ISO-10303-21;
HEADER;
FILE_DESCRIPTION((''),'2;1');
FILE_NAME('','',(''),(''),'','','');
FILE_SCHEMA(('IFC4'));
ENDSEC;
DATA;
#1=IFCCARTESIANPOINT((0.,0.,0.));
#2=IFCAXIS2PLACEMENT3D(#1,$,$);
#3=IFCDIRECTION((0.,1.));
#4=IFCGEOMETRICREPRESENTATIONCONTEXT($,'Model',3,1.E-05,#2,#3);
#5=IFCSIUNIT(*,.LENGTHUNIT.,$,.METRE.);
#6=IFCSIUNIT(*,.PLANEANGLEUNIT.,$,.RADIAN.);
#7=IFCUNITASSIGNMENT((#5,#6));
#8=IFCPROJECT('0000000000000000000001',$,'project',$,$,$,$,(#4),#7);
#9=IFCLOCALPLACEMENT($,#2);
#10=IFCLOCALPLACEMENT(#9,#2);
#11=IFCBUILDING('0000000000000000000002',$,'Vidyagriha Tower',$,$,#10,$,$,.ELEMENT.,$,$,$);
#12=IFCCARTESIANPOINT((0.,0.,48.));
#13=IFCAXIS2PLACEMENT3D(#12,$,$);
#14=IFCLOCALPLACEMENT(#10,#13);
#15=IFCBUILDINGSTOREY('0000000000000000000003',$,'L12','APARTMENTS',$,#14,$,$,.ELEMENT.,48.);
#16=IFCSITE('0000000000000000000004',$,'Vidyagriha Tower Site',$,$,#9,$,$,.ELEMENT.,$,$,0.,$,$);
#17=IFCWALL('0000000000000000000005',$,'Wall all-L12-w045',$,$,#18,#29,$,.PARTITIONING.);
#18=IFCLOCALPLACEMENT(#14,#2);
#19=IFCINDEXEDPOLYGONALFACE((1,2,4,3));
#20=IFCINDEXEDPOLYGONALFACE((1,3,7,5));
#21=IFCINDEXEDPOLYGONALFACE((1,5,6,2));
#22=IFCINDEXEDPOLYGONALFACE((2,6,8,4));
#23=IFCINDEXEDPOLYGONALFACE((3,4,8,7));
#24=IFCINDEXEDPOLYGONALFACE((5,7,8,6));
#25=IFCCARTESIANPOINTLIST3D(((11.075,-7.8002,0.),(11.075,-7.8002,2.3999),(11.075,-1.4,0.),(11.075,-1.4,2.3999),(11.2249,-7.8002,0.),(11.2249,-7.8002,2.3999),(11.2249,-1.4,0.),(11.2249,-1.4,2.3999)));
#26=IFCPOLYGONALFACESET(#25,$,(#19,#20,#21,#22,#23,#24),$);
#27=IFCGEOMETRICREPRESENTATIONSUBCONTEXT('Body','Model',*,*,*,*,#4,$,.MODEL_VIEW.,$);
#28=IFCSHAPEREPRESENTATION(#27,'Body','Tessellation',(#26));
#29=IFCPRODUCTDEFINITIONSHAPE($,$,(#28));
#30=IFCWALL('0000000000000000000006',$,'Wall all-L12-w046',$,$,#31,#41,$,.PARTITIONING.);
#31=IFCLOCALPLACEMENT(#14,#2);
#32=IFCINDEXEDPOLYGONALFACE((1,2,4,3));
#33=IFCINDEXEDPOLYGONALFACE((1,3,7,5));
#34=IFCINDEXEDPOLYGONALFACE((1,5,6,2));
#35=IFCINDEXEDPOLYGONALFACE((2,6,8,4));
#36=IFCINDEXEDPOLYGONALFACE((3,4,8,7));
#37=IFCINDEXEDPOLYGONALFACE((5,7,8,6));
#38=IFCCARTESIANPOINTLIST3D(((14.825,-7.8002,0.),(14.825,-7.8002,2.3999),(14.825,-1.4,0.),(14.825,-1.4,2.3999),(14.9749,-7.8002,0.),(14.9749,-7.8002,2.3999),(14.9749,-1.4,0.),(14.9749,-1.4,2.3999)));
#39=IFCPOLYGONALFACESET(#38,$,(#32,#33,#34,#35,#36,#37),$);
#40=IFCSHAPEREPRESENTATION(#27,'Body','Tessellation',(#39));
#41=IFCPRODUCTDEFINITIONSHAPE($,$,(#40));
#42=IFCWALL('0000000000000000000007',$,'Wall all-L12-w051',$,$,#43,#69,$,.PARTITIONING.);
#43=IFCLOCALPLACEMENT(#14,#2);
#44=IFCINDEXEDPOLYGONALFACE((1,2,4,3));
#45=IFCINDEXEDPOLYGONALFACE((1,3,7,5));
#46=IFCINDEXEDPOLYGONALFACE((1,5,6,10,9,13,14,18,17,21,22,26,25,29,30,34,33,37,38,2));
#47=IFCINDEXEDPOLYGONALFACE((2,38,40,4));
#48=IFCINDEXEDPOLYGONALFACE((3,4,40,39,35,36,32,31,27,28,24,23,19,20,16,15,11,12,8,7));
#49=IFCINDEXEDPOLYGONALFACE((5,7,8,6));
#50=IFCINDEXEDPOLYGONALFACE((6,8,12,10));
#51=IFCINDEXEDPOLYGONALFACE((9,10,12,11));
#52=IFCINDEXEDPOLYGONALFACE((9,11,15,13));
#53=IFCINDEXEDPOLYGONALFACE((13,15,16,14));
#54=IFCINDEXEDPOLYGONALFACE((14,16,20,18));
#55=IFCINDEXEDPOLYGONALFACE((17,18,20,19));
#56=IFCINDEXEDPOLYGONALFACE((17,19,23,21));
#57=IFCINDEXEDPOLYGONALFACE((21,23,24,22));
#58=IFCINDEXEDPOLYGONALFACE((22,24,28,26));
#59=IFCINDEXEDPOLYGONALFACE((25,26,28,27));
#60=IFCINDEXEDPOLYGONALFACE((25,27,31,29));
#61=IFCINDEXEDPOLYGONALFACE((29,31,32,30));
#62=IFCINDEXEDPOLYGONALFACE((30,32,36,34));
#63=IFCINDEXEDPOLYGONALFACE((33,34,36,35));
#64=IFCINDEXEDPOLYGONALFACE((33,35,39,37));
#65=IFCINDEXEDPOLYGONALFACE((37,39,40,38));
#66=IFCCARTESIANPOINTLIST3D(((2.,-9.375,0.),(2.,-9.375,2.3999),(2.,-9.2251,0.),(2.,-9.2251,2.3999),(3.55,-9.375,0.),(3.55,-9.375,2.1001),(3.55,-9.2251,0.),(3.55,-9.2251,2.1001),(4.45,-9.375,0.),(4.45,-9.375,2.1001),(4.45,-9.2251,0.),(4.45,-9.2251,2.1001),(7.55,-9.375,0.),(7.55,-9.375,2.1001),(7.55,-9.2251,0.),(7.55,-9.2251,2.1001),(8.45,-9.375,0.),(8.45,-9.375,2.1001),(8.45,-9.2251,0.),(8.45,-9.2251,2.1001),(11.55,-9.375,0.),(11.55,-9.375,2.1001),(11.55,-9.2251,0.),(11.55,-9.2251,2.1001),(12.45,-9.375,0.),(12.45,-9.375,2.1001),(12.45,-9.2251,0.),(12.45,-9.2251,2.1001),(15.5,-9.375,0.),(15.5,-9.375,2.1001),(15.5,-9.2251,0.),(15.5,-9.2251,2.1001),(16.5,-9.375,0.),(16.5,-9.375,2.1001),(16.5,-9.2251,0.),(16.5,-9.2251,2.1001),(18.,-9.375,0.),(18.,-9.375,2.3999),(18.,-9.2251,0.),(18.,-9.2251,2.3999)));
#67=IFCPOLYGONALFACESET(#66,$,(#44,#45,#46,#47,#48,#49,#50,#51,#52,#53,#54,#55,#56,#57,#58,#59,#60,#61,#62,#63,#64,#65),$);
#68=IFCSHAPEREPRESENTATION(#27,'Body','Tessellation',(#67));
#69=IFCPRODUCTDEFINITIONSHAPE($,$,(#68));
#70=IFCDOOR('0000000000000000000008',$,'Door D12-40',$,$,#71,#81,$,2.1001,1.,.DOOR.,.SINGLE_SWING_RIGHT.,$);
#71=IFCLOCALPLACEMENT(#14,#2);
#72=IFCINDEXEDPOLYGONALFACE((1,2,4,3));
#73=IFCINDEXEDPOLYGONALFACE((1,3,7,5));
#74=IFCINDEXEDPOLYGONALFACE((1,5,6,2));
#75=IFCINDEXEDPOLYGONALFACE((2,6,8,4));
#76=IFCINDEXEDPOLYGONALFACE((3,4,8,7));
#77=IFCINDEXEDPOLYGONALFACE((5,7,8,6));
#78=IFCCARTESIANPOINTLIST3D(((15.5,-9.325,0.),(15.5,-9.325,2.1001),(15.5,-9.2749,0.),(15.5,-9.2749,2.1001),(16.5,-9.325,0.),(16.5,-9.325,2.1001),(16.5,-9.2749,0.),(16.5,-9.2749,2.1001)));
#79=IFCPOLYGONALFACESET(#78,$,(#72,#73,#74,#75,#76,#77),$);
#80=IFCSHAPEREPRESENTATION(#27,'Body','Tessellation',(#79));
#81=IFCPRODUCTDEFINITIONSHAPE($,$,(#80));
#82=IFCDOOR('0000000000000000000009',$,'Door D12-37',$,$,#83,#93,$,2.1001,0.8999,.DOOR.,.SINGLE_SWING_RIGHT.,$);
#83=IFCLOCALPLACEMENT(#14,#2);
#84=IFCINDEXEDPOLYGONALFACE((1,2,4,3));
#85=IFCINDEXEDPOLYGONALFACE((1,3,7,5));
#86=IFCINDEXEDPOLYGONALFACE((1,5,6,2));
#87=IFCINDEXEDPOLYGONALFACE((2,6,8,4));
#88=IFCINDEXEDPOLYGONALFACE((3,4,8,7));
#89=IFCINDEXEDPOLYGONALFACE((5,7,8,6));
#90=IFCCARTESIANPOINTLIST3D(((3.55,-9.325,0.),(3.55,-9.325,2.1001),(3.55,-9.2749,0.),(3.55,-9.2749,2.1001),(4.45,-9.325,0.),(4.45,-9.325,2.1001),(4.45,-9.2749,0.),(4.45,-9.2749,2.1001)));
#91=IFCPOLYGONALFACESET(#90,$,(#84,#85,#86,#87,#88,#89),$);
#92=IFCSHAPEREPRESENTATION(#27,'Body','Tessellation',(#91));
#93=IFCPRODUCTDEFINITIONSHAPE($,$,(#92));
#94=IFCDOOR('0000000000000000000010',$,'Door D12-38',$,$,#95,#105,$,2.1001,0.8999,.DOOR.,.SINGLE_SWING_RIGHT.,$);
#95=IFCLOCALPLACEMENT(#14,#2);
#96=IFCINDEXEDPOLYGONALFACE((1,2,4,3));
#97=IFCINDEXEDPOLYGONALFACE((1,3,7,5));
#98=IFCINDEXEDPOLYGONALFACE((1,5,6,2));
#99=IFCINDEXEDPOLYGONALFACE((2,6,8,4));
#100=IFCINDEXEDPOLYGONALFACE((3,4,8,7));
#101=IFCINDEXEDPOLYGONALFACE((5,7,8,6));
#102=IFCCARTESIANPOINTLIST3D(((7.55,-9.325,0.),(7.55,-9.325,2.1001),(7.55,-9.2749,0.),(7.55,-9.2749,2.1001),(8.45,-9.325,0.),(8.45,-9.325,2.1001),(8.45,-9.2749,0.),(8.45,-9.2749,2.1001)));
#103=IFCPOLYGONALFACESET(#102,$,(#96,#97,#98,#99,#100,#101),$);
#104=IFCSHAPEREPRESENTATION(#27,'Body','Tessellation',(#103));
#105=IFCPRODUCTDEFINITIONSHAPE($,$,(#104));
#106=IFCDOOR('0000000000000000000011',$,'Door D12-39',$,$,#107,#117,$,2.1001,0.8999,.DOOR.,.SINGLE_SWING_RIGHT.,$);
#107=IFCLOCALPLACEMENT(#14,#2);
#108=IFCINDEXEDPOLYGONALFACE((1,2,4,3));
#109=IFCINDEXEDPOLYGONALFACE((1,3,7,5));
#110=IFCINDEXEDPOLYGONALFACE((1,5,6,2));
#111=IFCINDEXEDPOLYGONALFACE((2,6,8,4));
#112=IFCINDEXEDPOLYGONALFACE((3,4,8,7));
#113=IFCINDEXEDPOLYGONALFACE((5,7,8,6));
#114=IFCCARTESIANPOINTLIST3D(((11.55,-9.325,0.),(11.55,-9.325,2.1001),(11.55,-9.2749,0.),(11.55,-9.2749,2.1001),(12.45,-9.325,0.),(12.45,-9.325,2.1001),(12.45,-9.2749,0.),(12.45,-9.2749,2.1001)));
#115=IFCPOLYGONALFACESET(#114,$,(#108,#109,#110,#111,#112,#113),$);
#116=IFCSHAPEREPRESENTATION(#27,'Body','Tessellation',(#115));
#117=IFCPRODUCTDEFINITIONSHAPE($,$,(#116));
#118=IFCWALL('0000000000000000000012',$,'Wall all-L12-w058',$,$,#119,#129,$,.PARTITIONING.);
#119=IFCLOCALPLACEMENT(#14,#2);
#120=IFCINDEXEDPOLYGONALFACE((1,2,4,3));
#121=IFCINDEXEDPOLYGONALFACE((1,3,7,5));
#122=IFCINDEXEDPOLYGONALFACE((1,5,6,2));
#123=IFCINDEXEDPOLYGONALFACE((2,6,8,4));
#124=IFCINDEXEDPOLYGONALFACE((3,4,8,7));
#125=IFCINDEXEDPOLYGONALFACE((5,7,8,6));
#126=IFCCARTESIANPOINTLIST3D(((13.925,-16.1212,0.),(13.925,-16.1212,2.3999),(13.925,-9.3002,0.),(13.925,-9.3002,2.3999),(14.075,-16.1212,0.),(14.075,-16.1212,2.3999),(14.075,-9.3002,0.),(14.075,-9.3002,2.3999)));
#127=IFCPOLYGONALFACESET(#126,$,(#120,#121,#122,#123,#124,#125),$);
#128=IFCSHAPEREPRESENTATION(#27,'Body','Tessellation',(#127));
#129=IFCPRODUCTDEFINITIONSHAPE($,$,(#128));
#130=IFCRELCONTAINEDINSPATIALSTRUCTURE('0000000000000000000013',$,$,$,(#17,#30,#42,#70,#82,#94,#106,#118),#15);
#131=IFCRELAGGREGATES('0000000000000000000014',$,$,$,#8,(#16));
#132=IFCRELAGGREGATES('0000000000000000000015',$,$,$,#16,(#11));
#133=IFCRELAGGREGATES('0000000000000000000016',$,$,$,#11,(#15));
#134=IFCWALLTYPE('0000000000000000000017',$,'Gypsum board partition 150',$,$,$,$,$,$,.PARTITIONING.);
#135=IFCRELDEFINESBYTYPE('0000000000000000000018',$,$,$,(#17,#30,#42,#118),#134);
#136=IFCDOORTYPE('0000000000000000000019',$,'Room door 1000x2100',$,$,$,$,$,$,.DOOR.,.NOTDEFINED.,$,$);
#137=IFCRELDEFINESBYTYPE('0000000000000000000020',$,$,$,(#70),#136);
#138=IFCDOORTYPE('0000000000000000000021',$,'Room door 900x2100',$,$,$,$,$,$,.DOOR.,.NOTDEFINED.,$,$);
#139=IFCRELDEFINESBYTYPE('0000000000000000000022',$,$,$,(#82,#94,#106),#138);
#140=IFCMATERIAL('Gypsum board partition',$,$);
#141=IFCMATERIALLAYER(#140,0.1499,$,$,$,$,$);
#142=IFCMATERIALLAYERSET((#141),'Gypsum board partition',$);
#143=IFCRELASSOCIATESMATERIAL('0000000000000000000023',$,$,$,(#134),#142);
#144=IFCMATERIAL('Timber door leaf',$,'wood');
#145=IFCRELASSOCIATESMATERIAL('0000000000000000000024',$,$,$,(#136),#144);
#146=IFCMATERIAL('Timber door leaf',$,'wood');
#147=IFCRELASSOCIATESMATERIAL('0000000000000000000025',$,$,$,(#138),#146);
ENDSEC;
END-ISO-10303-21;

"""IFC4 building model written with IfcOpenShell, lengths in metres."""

from ifc_helpers import new_model, si_unit, direction, frame, frame_2d, origin, place, context, subcontext, project, spatial, rectangle, extrude, material, layer, layer_set, type_object, element, fill, save


model = new_model("IFC4")

# Units and contexts
model_context = context("Model", 3, precision=1e-05, world=origin(), true_north=direction((0.0, 1.0)))
body_context = subcontext(model_context, "Body", "Model", "MODEL_VIEW")
ifc_project = project(units=[si_unit("LENGTHUNIT", "METRE"), si_unit("PLANEANGLEUNIT", "RADIAN")], contexts=[model_context])

# Site, building, storey
site_placement = place(None, origin())
site = spatial("IfcSite", under=ifc_project, at=site_placement, Name="Vidyagriha Tower Site", CompositionType="ELEMENT", RefElevation=0.0)
building_placement = place(site_placement, origin())
building = spatial("IfcBuilding", under=site, at=building_placement, Name="Vidyagriha Tower", CompositionType="ELEMENT")
storey_placement = place(building_placement, frame((0.0, 0.0, 48.0)))
storey = spatial("IfcBuildingStorey", under=building, at=storey_placement, Name="L12", Description="APARTMENTS", CompositionType="ELEMENT", Elevation=48.0)

# Walls
ifc_material_1 = material(Name="Gypsum board partition")
ifc_layer_1 = layer(ifc_material_1, 0.1499)
ifc_layer_set_1 = layer_set([ifc_layer_1], Name="Gypsum board partition")
wall_type_1 = type_object("IfcWallType", Name="Gypsum board partition 150", PredefinedType="PARTITIONING", material=ifc_layer_set_1)
for number, where, z_axis, x_axis, name in (
    (1, (11.1499, -1.3999, 0.0), (0.0, 0.0, 1.0), (0.0, -1.0, 0.0), "Wall all-L12-w045"),
    (2, (14.8999, -1.3999, 0.0), (0.0, 0.0, 1.0), (0.0, -1.0, 0.0), "Wall all-L12-w046"),
):
    element("IfcWall", number, at=place(storey_placement, frame(where, z_axis=z_axis, x_axis=x_axis)), inside=storey, type_object=wall_type_1, Name=name, PredefinedType="PARTITIONING", context=body_context, shape_type="SweptSolid", body=[
        extrude(rectangle(XDim=6.4001, YDim=0.1499, at=frame_2d((3.2002, 0.0))), origin(), (0.0, 0.0, 1.0), 2.3999),
    ])

# Wall, openings, doors
wall_1_placement = place(storey_placement, frame((18.0, -9.3, 0.0), z_axis=(0.0, 0.0, 1.0), x_axis=(-1.0, 0.0, 0.0)))
wall_1 = element("IfcWall", 3, at=wall_1_placement, inside=storey, type_object=wall_type_1, Name="Wall all-L12-w051", PredefinedType="PARTITIONING", context=body_context, shape_type="SweptSolid", body=[
    extrude(rectangle(XDim=16.0, YDim=0.1499, at=frame_2d((8.0, 0.0))), origin(), (0.0, 0.0, 1.0), 2.3999),
])
opening_1_placement = place(wall_1_placement, frame((13.55, 0.0, 0.0)))
opening_1 = element("IfcOpeningElement", 4, at=opening_1_placement, cuts=wall_1, PredefinedType="OPENING", context=body_context, shape_type="SweptSolid", body=[
    extrude(rectangle(XDim=0.8999, YDim=2.1001, at=frame_2d((0.45, 1.05))), frame((0.0, 0.085, 0.0), z_axis=(0.0, -1.0, 0.0), x_axis=(1.0, 0.0, 0.0)), (0.0, 0.0, 1.0), 0.1699),
])
opening_2_placement = place(wall_1_placement, frame((9.55, 0.0, 0.0)))
opening_2 = element("IfcOpeningElement", 5, at=opening_2_placement, cuts=wall_1, PredefinedType="OPENING", context=body_context, shape_type="SweptSolid", body=[
    extrude(rectangle(XDim=0.8999, YDim=2.1001, at=frame_2d((0.45, 1.05))), frame((0.0, 0.085, 0.0), z_axis=(0.0, -1.0, 0.0), x_axis=(1.0, 0.0, 0.0)), (0.0, 0.0, 1.0), 0.1699),
])
opening_3_placement = place(wall_1_placement, frame((5.55, 0.0, 0.0)))
opening_3 = element("IfcOpeningElement", 6, at=opening_3_placement, cuts=wall_1, PredefinedType="OPENING", context=body_context, shape_type="SweptSolid", body=[
    extrude(rectangle(XDim=0.8999, YDim=2.1001, at=frame_2d((0.45, 1.05))), frame((0.0, 0.085, 0.0), z_axis=(0.0, -1.0, 0.0), x_axis=(1.0, 0.0, 0.0)), (0.0, 0.0, 1.0), 0.1699),
])
opening_4_placement = place(wall_1_placement, frame((1.5, 0.0, 0.0)))
opening_4 = element("IfcOpeningElement", 7, at=opening_4_placement, cuts=wall_1, PredefinedType="OPENING", context=body_context, shape_type="SweptSolid", body=[
    extrude(rectangle(XDim=1.0, YDim=2.1001, at=frame_2d((0.5, 1.05))), frame((0.0, 0.085, 0.0), z_axis=(0.0, -1.0, 0.0), x_axis=(1.0, 0.0, 0.0)), (0.0, 0.0, 1.0), 0.1699),
])
ifc_material_2 = material(Name="Timber door leaf", Category="wood")
door_type_1 = type_object("IfcDoorType", Name="Room door 1000x2100", OperationType="NOTDEFINED", PredefinedType="DOOR", material=ifc_material_2)
door_1_placement = place(opening_4_placement, origin())
door_1 = element("IfcDoor", 8, at=door_1_placement, inside=storey, type_object=door_type_1, Name="Door D12-40", OperationType="SINGLE_SWING_RIGHT", OverallHeight=2.1001, OverallWidth=1.0, PredefinedType="DOOR", context=body_context, shape_type="SweptSolid", body=[
    extrude(rectangle(XDim=1.0, YDim=2.1001, at=frame_2d((0.5, 1.05))), frame((0.0, 0.0249, 0.0), z_axis=(0.0, -1.0, 0.0), x_axis=(1.0, 0.0, 0.0)), (0.0, 0.0, 1.0), 0.05),
])
fill(opening_4, door_1)
ifc_material_3 = material(Name="Timber door leaf", Category="wood")
door_type_2 = type_object("IfcDoorType", Name="Room door 900x2100", OperationType="NOTDEFINED", PredefinedType="DOOR", material=ifc_material_3)
door_2_placement = place(opening_1_placement, origin())
door_2 = element("IfcDoor", 9, at=door_2_placement, inside=storey, type_object=door_type_2, Name="Door D12-37", OperationType="SINGLE_SWING_RIGHT", OverallHeight=2.1001, OverallWidth=0.8999, PredefinedType="DOOR", context=body_context, shape_type="SweptSolid", body=[
    extrude(rectangle(XDim=0.8999, YDim=2.1001, at=frame_2d((0.45, 1.05))), frame((0.0, 0.0249, 0.0), z_axis=(0.0, -1.0, 0.0), x_axis=(1.0, 0.0, 0.0)), (0.0, 0.0, 1.0), 0.05),
])
fill(opening_1, door_2)
door_3_placement = place(opening_2_placement, origin())
door_3 = element("IfcDoor", 10, at=door_3_placement, inside=storey, type_object=door_type_2, Name="Door D12-38", OperationType="SINGLE_SWING_RIGHT", OverallHeight=2.1001, OverallWidth=0.8999, PredefinedType="DOOR", context=body_context, shape_type="SweptSolid", body=[
    extrude(rectangle(XDim=0.8999, YDim=2.1001, at=frame_2d((0.45, 1.05))), frame((0.0, 0.0249, 0.0), z_axis=(0.0, -1.0, 0.0), x_axis=(1.0, 0.0, 0.0)), (0.0, 0.0, 1.0), 0.05),
])
fill(opening_2, door_3)
door_4_placement = place(opening_3_placement, origin())
door_4 = element("IfcDoor", 11, at=door_4_placement, inside=storey, type_object=door_type_2, Name="Door D12-39", OperationType="SINGLE_SWING_RIGHT", OverallHeight=2.1001, OverallWidth=0.8999, PredefinedType="DOOR", context=body_context, shape_type="SweptSolid", body=[
    extrude(rectangle(XDim=0.8999, YDim=2.1001, at=frame_2d((0.45, 1.05))), frame((0.0, 0.0249, 0.0), z_axis=(0.0, -1.0, 0.0), x_axis=(1.0, 0.0, 0.0)), (0.0, 0.0, 1.0), 0.05),
])
fill(opening_3, door_4)

# Wall
wall_2_placement = place(storey_placement, frame((14.0, -9.3, 0.0), z_axis=(0.0, 0.0, 1.0), x_axis=(0.0, -1.0, 0.0)))
element("IfcWall", 12, at=wall_2_placement, inside=storey, type_object=wall_type_1, Name="Wall all-L12-w058", PredefinedType="PARTITIONING", context=body_context, shape_type="SweptSolid", body=[
    extrude(rectangle(XDim=6.821, YDim=0.1499, at=frame_2d((3.4106, 0.0))), origin(), (0.0, 0.0, 1.0), 2.3999),
])

save(model, "model.ifc")
